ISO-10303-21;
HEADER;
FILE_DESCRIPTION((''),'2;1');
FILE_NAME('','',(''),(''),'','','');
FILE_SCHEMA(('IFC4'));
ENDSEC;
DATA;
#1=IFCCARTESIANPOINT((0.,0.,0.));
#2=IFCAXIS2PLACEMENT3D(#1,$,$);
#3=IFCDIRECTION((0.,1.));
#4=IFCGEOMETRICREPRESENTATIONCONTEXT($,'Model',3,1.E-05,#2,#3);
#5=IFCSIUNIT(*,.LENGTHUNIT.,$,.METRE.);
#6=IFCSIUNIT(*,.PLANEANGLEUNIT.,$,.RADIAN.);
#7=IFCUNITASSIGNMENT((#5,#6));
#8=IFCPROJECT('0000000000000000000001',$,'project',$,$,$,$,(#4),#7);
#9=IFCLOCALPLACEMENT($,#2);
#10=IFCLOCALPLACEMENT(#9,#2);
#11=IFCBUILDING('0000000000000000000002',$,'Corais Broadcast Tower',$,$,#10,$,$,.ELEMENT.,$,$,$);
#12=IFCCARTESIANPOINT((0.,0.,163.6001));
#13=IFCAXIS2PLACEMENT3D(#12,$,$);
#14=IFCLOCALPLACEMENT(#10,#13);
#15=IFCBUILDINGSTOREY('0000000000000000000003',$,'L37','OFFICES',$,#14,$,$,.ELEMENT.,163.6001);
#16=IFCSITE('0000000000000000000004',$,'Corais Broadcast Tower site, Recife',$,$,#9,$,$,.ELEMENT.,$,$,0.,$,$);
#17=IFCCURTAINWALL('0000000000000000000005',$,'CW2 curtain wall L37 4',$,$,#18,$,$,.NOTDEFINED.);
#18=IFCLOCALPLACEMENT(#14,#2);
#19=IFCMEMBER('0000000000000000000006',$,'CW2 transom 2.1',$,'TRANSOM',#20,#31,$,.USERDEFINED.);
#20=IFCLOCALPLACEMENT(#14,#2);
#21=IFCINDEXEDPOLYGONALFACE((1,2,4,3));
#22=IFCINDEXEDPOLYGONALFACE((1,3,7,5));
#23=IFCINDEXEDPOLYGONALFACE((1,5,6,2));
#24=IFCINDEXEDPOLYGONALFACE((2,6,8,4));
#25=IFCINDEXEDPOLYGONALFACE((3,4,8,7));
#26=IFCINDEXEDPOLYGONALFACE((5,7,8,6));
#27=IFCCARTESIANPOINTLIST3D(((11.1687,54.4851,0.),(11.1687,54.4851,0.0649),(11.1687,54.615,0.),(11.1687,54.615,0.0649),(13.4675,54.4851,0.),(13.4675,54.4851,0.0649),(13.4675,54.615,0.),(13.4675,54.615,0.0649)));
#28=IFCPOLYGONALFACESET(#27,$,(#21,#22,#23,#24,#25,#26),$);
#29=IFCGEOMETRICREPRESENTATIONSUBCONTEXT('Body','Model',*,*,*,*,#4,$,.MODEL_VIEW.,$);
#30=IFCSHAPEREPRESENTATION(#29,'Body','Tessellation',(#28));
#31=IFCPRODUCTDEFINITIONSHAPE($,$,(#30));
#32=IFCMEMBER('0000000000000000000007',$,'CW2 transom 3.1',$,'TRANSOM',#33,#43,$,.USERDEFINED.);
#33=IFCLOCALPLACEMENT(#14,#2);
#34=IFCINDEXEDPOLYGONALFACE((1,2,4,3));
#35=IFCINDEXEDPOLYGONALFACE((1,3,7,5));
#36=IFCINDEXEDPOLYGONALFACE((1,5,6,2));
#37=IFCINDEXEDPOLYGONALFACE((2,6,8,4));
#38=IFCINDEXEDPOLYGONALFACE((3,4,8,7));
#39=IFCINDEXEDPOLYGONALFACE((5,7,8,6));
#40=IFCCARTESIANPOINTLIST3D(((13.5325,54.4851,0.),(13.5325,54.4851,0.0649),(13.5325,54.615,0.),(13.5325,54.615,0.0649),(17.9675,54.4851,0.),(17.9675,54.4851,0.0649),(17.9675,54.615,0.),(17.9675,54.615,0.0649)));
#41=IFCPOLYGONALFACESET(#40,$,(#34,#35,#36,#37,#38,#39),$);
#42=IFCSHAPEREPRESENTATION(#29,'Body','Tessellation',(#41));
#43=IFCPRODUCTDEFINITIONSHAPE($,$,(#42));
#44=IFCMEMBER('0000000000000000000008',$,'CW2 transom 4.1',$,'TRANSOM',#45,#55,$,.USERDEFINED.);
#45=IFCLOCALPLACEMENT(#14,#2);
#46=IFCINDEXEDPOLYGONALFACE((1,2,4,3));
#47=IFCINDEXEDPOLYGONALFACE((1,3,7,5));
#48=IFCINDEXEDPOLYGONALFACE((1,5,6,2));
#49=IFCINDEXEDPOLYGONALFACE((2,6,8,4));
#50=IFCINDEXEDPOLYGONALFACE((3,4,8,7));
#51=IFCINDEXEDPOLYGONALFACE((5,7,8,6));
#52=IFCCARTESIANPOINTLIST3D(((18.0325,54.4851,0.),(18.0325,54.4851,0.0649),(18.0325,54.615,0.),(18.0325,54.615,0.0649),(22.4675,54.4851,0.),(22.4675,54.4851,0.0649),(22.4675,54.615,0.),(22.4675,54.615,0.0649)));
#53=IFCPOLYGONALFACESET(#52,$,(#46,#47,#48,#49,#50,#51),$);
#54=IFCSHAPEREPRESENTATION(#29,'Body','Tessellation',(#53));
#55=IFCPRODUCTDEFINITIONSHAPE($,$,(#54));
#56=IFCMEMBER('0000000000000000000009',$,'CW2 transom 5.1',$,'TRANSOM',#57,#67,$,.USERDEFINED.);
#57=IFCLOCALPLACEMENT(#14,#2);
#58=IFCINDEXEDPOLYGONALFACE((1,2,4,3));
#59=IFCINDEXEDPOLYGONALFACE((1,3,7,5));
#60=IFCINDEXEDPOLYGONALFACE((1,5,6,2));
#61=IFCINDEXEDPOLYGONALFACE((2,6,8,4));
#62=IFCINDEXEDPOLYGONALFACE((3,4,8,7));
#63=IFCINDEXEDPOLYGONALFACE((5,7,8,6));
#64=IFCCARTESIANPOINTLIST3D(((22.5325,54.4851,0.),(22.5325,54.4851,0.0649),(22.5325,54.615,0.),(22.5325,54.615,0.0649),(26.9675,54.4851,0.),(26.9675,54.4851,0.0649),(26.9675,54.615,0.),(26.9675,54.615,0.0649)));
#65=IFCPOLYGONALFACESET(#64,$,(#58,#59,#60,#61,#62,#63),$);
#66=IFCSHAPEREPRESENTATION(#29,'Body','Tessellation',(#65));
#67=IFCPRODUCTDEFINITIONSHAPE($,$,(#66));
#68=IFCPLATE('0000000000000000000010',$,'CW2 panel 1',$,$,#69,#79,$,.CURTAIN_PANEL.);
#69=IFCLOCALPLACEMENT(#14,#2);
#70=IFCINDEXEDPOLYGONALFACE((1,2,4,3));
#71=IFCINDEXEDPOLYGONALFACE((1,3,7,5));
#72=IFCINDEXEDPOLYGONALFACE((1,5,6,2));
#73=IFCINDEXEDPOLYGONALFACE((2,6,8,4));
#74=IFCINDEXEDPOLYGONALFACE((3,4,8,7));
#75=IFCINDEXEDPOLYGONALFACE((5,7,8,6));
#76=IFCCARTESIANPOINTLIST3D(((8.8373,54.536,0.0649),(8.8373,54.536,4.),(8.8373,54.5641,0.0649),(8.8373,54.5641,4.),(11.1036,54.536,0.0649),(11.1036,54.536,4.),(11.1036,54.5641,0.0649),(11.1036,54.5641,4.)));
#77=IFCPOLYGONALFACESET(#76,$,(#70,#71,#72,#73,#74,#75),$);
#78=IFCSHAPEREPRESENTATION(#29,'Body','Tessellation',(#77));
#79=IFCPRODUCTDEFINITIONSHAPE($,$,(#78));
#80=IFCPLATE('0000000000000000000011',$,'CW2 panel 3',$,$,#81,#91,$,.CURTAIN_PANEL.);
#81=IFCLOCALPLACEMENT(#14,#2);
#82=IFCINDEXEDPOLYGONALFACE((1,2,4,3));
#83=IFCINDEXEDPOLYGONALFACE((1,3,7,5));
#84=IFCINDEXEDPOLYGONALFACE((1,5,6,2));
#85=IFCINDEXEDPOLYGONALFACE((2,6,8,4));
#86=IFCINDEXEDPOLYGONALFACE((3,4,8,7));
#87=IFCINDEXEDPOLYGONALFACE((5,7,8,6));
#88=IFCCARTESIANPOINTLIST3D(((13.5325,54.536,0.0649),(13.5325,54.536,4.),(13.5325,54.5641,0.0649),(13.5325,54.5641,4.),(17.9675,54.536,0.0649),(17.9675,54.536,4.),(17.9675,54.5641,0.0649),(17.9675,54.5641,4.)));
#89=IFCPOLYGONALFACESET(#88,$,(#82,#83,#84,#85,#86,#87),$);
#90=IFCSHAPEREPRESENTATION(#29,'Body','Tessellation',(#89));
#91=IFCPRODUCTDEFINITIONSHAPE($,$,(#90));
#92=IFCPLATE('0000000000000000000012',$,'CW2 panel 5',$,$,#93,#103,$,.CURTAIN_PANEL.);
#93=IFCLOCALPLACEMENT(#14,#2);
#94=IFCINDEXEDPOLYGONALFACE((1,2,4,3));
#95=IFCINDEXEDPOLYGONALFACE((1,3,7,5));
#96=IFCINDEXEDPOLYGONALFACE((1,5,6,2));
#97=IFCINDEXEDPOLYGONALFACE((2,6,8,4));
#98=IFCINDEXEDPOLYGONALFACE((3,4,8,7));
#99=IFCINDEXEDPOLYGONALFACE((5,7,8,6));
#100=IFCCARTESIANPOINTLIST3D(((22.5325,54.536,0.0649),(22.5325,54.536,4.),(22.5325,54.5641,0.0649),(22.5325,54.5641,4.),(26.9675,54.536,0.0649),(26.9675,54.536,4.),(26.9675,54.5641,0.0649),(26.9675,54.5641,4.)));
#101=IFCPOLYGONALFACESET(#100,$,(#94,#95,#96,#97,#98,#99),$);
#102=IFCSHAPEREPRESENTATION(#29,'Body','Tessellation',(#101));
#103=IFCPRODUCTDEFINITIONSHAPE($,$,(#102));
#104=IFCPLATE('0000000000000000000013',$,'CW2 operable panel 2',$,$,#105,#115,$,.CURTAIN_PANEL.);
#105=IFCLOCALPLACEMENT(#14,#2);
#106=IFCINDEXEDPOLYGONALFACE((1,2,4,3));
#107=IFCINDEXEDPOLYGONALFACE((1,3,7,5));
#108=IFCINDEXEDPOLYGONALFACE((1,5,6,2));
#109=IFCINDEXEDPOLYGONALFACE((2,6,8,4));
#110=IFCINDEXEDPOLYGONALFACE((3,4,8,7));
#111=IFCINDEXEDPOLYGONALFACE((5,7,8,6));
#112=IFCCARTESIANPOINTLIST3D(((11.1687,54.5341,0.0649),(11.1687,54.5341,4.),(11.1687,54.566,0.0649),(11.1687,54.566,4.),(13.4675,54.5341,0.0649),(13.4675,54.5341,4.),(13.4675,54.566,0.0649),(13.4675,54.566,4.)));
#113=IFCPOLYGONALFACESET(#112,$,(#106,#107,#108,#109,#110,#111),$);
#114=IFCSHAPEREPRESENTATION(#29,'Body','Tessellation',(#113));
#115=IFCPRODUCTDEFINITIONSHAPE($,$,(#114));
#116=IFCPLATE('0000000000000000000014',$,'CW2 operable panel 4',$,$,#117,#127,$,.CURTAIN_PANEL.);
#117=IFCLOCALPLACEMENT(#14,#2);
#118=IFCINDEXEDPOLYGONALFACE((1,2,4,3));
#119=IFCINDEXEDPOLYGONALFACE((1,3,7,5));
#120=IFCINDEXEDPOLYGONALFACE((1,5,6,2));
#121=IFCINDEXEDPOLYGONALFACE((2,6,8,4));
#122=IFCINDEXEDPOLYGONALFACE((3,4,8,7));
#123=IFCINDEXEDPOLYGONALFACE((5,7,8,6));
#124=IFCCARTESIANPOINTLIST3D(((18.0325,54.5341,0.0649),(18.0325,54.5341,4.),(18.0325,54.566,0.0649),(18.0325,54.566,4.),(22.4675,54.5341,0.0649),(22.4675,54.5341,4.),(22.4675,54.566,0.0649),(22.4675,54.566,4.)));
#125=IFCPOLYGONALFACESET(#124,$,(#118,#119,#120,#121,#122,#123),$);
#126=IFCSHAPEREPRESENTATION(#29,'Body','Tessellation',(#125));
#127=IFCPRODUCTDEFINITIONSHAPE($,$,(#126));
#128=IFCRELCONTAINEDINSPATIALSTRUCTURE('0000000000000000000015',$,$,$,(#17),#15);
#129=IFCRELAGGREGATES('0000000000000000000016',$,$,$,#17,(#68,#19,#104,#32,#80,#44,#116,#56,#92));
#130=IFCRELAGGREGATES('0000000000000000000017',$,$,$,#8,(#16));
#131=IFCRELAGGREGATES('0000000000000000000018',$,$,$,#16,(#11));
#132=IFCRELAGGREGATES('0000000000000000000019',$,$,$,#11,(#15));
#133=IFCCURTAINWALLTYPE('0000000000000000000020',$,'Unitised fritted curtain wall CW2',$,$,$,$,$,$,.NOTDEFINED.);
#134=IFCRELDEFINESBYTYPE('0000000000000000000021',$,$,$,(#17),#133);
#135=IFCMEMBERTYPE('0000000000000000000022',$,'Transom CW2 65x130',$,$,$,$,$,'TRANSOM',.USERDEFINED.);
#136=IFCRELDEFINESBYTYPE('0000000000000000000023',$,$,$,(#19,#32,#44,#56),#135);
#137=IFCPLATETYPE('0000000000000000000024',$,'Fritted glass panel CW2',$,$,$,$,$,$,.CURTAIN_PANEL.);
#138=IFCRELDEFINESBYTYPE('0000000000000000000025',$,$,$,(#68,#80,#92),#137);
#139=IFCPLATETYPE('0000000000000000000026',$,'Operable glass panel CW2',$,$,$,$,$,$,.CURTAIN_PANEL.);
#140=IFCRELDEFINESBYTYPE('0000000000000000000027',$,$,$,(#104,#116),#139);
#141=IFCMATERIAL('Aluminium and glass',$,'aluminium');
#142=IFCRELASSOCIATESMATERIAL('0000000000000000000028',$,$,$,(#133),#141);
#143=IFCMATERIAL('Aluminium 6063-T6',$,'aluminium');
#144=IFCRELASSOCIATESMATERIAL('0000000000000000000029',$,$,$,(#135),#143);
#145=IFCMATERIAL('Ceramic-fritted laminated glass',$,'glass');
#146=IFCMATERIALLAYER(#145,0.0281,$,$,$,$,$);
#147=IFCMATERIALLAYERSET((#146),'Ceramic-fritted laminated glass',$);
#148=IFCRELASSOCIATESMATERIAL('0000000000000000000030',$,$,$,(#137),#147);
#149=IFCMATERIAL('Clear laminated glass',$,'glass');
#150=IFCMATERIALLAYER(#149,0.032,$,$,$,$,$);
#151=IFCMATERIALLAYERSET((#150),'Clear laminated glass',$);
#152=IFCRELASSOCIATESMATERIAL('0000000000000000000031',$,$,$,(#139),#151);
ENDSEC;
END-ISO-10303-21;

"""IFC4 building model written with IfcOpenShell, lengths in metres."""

from ifc_helpers import new_model, si_unit, direction, frame, origin, origin_2d, place, context, subcontext, project, spatial, rectangle, extrude, material, layer, layer_set, material_profile, profile_set, type_object, element, aggregate, save


model = new_model("IFC4")

# Units and contexts
model_context = context("Model", 3, precision=1e-05, world=origin(), true_north=direction((0.0, 1.0)))
body_context = subcontext(model_context, "Body", "Model", "MODEL_VIEW")
ifc_project = project(units=[si_unit("LENGTHUNIT", "METRE"), si_unit("PLANEANGLEUNIT", "RADIAN")], contexts=[model_context])

# Site, building, storey
site_placement = place(None, origin())
site = spatial("IfcSite", under=ifc_project, at=site_placement, Name="Corais Broadcast Tower site, Recife", CompositionType="ELEMENT", RefElevation=0.0)
building_placement = place(site_placement, origin())
building = spatial("IfcBuilding", under=site, at=building_placement, Name="Corais Broadcast Tower", CompositionType="ELEMENT")
storey_placement = place(building_placement, frame((0.0, 0.0, 163.6001)))
storey = spatial("IfcBuildingStorey", under=building, at=storey_placement, Name="L37", Description="OFFICES", CompositionType="ELEMENT", Elevation=163.6001)

# Curtain wall
ifc_material_1 = material(Name="Aluminium and glass", Category="aluminium")
curtain_wall_type = type_object("IfcCurtainWallType", Name="Unitised fritted curtain wall CW2", PredefinedType="NOTDEFINED", material=ifc_material_1)
curtain_wall_placement = place(storey_placement, origin())
curtain_wall = element("IfcCurtainWall", 1, at=curtain_wall_placement, inside=storey, type_object=curtain_wall_type, Name="CW2 curtain wall L37 4", PredefinedType="NOTDEFINED")

# Members
ifc_material_2 = material(Name="Aluminium 6063-T6", Category="aluminium")
ifc_material_profile_1 = material_profile(ifc_material_2, rectangle(XDim=0.1299, YDim=0.0649, at=origin_2d()), Name="Transom CW2 65x130")
ifc_profile_set_1 = profile_set([ifc_material_profile_1], Name="Aluminium 6063-T6")
member_type_1 = type_object("IfcMemberType", Name="Transom CW2 65x130", ElementType="TRANSOM", PredefinedType="USERDEFINED", material=ifc_profile_set_1)
member_1_placement = place(storey_placement, frame((11.1687, 54.55, 0.0325), z_axis=(1.0, 0.0, 0.0), x_axis=(0.0, 1.0, 0.0)))
member_1 = element("IfcMember", 2, at=member_1_placement, type_object=member_type_1, Name="CW2 transom 2.1", ObjectType="TRANSOM", PredefinedType="USERDEFINED", context=body_context, shape_type="SweptSolid", body=[
    extrude(rectangle(XDim=0.1299, YDim=0.0649, at=origin_2d()), origin(), (0.0, 0.0, 1.0), 2.2988),
])
member_2_placement = place(storey_placement, frame((13.5325, 54.55, 0.0325), z_axis=(1.0, 0.0, 0.0), x_axis=(0.0, 1.0, 0.0)))
member_2 = element("IfcMember", 3, at=member_2_placement, type_object=member_type_1, Name="CW2 transom 3.1", ObjectType="TRANSOM", PredefinedType="USERDEFINED", context=body_context, shape_type="SweptSolid", body=[
    extrude(rectangle(XDim=0.1299, YDim=0.0649, at=origin_2d()), origin(), (0.0, 0.0, 1.0), 4.4351),
])
member_3_placement = place(storey_placement, frame((18.0325, 54.55, 0.0325), z_axis=(1.0, 0.0, 0.0), x_axis=(0.0, 1.0, 0.0)))
member_3 = element("IfcMember", 4, at=member_3_placement, type_object=member_type_1, Name="CW2 transom 4.1", ObjectType="TRANSOM", PredefinedType="USERDEFINED", context=body_context, shape_type="SweptSolid", body=[
    extrude(rectangle(XDim=0.1299, YDim=0.0649, at=origin_2d()), origin(), (0.0, 0.0, 1.0), 4.4351),
])
member_4_placement = place(storey_placement, frame((22.5325, 54.55, 0.0325), z_axis=(1.0, 0.0, 0.0), x_axis=(0.0, 1.0, 0.0)))
member_4 = element("IfcMember", 5, at=member_4_placement, type_object=member_type_1, Name="CW2 transom 5.1", ObjectType="TRANSOM", PredefinedType="USERDEFINED", context=body_context, shape_type="SweptSolid", body=[
    extrude(rectangle(XDim=0.1299, YDim=0.0649, at=origin_2d()), origin(), (0.0, 0.0, 1.0), 4.4351),
])

# Plates
ifc_material_3 = material(Name="Ceramic-fritted laminated glass", Category="glass")
ifc_layer_1 = layer(ifc_material_3, 0.0281)
ifc_layer_set_1 = layer_set([ifc_layer_1], Name="Ceramic-fritted laminated glass")
plate_type_1 = type_object("IfcPlateType", Name="Fritted glass panel CW2", PredefinedType="CURTAIN_PANEL", material=ifc_layer_set_1)
plate_1_placement = place(storey_placement, frame((9.9705, 54.55, 0.0649), z_axis=(0.0, 0.0, 1.0), x_axis=(1.0, 0.0, 0.0)))
plate_1 = element("IfcPlate", 6, at=plate_1_placement, type_object=plate_type_1, Name="CW2 panel 1", PredefinedType="CURTAIN_PANEL", context=body_context, shape_type="SweptSolid", body=[
    extrude(rectangle(XDim=2.2664, YDim=0.0281, at=origin_2d()), origin(), (0.0, 0.0, 1.0), 3.9351),
])
plate_2_placement = place(storey_placement, frame((15.75, 54.55, 0.0649), z_axis=(0.0, 0.0, 1.0), x_axis=(1.0, 0.0, 0.0)))
plate_2 = element("IfcPlate", 7, at=plate_2_placement, type_object=plate_type_1, Name="CW2 panel 3", PredefinedType="CURTAIN_PANEL", context=body_context, shape_type="SweptSolid", body=[
    extrude(rectangle(XDim=4.4351, YDim=0.0281, at=origin_2d()), origin(), (0.0, 0.0, 1.0), 3.9351),
])
plate_3_placement = place(storey_placement, frame((24.75, 54.55, 0.0649), z_axis=(0.0, 0.0, 1.0), x_axis=(1.0, 0.0, 0.0)))
plate_3 = element("IfcPlate", 8, at=plate_3_placement, type_object=plate_type_1, Name="CW2 panel 5", PredefinedType="CURTAIN_PANEL", context=body_context, shape_type="SweptSolid", body=[
    extrude(rectangle(XDim=4.4351, YDim=0.0281, at=origin_2d()), origin(), (0.0, 0.0, 1.0), 3.9351),
])
ifc_material_4 = material(Name="Clear laminated glass", Category="glass")
ifc_layer_2 = layer(ifc_material_4, 0.032)
ifc_layer_set_2 = layer_set([ifc_layer_2], Name="Clear laminated glass")
plate_type_2 = type_object("IfcPlateType", Name="Operable glass panel CW2", PredefinedType="CURTAIN_PANEL", material=ifc_layer_set_2)
plate_4_placement = place(storey_placement, frame((12.3181, 54.55, 0.0649), z_axis=(0.0, 0.0, 1.0), x_axis=(1.0, 0.0, 0.0)))
plate_4 = element("IfcPlate", 9, at=plate_4_placement, type_object=plate_type_2, Name="CW2 operable panel 2", PredefinedType="CURTAIN_PANEL", context=body_context, shape_type="SweptSolid", body=[
    extrude(rectangle(XDim=2.2988, YDim=0.032, at=origin_2d()), origin(), (0.0, 0.0, 1.0), 3.9351),
])
plate_5_placement = place(storey_placement, frame((20.25, 54.55, 0.0649), z_axis=(0.0, 0.0, 1.0), x_axis=(1.0, 0.0, 0.0)))
plate_5 = element("IfcPlate", 10, at=plate_5_placement, type_object=plate_type_2, Name="CW2 operable panel 4", PredefinedType="CURTAIN_PANEL", context=body_context, shape_type="SweptSolid", body=[
    extrude(rectangle(XDim=4.4351, YDim=0.032, at=origin_2d()), origin(), (0.0, 0.0, 1.0), 3.9351),
])
aggregate(curtain_wall, [plate_1, member_1, plate_4, member_2, plate_2, member_3, plate_5, member_4, plate_3])

save(model, "model.ifc")
